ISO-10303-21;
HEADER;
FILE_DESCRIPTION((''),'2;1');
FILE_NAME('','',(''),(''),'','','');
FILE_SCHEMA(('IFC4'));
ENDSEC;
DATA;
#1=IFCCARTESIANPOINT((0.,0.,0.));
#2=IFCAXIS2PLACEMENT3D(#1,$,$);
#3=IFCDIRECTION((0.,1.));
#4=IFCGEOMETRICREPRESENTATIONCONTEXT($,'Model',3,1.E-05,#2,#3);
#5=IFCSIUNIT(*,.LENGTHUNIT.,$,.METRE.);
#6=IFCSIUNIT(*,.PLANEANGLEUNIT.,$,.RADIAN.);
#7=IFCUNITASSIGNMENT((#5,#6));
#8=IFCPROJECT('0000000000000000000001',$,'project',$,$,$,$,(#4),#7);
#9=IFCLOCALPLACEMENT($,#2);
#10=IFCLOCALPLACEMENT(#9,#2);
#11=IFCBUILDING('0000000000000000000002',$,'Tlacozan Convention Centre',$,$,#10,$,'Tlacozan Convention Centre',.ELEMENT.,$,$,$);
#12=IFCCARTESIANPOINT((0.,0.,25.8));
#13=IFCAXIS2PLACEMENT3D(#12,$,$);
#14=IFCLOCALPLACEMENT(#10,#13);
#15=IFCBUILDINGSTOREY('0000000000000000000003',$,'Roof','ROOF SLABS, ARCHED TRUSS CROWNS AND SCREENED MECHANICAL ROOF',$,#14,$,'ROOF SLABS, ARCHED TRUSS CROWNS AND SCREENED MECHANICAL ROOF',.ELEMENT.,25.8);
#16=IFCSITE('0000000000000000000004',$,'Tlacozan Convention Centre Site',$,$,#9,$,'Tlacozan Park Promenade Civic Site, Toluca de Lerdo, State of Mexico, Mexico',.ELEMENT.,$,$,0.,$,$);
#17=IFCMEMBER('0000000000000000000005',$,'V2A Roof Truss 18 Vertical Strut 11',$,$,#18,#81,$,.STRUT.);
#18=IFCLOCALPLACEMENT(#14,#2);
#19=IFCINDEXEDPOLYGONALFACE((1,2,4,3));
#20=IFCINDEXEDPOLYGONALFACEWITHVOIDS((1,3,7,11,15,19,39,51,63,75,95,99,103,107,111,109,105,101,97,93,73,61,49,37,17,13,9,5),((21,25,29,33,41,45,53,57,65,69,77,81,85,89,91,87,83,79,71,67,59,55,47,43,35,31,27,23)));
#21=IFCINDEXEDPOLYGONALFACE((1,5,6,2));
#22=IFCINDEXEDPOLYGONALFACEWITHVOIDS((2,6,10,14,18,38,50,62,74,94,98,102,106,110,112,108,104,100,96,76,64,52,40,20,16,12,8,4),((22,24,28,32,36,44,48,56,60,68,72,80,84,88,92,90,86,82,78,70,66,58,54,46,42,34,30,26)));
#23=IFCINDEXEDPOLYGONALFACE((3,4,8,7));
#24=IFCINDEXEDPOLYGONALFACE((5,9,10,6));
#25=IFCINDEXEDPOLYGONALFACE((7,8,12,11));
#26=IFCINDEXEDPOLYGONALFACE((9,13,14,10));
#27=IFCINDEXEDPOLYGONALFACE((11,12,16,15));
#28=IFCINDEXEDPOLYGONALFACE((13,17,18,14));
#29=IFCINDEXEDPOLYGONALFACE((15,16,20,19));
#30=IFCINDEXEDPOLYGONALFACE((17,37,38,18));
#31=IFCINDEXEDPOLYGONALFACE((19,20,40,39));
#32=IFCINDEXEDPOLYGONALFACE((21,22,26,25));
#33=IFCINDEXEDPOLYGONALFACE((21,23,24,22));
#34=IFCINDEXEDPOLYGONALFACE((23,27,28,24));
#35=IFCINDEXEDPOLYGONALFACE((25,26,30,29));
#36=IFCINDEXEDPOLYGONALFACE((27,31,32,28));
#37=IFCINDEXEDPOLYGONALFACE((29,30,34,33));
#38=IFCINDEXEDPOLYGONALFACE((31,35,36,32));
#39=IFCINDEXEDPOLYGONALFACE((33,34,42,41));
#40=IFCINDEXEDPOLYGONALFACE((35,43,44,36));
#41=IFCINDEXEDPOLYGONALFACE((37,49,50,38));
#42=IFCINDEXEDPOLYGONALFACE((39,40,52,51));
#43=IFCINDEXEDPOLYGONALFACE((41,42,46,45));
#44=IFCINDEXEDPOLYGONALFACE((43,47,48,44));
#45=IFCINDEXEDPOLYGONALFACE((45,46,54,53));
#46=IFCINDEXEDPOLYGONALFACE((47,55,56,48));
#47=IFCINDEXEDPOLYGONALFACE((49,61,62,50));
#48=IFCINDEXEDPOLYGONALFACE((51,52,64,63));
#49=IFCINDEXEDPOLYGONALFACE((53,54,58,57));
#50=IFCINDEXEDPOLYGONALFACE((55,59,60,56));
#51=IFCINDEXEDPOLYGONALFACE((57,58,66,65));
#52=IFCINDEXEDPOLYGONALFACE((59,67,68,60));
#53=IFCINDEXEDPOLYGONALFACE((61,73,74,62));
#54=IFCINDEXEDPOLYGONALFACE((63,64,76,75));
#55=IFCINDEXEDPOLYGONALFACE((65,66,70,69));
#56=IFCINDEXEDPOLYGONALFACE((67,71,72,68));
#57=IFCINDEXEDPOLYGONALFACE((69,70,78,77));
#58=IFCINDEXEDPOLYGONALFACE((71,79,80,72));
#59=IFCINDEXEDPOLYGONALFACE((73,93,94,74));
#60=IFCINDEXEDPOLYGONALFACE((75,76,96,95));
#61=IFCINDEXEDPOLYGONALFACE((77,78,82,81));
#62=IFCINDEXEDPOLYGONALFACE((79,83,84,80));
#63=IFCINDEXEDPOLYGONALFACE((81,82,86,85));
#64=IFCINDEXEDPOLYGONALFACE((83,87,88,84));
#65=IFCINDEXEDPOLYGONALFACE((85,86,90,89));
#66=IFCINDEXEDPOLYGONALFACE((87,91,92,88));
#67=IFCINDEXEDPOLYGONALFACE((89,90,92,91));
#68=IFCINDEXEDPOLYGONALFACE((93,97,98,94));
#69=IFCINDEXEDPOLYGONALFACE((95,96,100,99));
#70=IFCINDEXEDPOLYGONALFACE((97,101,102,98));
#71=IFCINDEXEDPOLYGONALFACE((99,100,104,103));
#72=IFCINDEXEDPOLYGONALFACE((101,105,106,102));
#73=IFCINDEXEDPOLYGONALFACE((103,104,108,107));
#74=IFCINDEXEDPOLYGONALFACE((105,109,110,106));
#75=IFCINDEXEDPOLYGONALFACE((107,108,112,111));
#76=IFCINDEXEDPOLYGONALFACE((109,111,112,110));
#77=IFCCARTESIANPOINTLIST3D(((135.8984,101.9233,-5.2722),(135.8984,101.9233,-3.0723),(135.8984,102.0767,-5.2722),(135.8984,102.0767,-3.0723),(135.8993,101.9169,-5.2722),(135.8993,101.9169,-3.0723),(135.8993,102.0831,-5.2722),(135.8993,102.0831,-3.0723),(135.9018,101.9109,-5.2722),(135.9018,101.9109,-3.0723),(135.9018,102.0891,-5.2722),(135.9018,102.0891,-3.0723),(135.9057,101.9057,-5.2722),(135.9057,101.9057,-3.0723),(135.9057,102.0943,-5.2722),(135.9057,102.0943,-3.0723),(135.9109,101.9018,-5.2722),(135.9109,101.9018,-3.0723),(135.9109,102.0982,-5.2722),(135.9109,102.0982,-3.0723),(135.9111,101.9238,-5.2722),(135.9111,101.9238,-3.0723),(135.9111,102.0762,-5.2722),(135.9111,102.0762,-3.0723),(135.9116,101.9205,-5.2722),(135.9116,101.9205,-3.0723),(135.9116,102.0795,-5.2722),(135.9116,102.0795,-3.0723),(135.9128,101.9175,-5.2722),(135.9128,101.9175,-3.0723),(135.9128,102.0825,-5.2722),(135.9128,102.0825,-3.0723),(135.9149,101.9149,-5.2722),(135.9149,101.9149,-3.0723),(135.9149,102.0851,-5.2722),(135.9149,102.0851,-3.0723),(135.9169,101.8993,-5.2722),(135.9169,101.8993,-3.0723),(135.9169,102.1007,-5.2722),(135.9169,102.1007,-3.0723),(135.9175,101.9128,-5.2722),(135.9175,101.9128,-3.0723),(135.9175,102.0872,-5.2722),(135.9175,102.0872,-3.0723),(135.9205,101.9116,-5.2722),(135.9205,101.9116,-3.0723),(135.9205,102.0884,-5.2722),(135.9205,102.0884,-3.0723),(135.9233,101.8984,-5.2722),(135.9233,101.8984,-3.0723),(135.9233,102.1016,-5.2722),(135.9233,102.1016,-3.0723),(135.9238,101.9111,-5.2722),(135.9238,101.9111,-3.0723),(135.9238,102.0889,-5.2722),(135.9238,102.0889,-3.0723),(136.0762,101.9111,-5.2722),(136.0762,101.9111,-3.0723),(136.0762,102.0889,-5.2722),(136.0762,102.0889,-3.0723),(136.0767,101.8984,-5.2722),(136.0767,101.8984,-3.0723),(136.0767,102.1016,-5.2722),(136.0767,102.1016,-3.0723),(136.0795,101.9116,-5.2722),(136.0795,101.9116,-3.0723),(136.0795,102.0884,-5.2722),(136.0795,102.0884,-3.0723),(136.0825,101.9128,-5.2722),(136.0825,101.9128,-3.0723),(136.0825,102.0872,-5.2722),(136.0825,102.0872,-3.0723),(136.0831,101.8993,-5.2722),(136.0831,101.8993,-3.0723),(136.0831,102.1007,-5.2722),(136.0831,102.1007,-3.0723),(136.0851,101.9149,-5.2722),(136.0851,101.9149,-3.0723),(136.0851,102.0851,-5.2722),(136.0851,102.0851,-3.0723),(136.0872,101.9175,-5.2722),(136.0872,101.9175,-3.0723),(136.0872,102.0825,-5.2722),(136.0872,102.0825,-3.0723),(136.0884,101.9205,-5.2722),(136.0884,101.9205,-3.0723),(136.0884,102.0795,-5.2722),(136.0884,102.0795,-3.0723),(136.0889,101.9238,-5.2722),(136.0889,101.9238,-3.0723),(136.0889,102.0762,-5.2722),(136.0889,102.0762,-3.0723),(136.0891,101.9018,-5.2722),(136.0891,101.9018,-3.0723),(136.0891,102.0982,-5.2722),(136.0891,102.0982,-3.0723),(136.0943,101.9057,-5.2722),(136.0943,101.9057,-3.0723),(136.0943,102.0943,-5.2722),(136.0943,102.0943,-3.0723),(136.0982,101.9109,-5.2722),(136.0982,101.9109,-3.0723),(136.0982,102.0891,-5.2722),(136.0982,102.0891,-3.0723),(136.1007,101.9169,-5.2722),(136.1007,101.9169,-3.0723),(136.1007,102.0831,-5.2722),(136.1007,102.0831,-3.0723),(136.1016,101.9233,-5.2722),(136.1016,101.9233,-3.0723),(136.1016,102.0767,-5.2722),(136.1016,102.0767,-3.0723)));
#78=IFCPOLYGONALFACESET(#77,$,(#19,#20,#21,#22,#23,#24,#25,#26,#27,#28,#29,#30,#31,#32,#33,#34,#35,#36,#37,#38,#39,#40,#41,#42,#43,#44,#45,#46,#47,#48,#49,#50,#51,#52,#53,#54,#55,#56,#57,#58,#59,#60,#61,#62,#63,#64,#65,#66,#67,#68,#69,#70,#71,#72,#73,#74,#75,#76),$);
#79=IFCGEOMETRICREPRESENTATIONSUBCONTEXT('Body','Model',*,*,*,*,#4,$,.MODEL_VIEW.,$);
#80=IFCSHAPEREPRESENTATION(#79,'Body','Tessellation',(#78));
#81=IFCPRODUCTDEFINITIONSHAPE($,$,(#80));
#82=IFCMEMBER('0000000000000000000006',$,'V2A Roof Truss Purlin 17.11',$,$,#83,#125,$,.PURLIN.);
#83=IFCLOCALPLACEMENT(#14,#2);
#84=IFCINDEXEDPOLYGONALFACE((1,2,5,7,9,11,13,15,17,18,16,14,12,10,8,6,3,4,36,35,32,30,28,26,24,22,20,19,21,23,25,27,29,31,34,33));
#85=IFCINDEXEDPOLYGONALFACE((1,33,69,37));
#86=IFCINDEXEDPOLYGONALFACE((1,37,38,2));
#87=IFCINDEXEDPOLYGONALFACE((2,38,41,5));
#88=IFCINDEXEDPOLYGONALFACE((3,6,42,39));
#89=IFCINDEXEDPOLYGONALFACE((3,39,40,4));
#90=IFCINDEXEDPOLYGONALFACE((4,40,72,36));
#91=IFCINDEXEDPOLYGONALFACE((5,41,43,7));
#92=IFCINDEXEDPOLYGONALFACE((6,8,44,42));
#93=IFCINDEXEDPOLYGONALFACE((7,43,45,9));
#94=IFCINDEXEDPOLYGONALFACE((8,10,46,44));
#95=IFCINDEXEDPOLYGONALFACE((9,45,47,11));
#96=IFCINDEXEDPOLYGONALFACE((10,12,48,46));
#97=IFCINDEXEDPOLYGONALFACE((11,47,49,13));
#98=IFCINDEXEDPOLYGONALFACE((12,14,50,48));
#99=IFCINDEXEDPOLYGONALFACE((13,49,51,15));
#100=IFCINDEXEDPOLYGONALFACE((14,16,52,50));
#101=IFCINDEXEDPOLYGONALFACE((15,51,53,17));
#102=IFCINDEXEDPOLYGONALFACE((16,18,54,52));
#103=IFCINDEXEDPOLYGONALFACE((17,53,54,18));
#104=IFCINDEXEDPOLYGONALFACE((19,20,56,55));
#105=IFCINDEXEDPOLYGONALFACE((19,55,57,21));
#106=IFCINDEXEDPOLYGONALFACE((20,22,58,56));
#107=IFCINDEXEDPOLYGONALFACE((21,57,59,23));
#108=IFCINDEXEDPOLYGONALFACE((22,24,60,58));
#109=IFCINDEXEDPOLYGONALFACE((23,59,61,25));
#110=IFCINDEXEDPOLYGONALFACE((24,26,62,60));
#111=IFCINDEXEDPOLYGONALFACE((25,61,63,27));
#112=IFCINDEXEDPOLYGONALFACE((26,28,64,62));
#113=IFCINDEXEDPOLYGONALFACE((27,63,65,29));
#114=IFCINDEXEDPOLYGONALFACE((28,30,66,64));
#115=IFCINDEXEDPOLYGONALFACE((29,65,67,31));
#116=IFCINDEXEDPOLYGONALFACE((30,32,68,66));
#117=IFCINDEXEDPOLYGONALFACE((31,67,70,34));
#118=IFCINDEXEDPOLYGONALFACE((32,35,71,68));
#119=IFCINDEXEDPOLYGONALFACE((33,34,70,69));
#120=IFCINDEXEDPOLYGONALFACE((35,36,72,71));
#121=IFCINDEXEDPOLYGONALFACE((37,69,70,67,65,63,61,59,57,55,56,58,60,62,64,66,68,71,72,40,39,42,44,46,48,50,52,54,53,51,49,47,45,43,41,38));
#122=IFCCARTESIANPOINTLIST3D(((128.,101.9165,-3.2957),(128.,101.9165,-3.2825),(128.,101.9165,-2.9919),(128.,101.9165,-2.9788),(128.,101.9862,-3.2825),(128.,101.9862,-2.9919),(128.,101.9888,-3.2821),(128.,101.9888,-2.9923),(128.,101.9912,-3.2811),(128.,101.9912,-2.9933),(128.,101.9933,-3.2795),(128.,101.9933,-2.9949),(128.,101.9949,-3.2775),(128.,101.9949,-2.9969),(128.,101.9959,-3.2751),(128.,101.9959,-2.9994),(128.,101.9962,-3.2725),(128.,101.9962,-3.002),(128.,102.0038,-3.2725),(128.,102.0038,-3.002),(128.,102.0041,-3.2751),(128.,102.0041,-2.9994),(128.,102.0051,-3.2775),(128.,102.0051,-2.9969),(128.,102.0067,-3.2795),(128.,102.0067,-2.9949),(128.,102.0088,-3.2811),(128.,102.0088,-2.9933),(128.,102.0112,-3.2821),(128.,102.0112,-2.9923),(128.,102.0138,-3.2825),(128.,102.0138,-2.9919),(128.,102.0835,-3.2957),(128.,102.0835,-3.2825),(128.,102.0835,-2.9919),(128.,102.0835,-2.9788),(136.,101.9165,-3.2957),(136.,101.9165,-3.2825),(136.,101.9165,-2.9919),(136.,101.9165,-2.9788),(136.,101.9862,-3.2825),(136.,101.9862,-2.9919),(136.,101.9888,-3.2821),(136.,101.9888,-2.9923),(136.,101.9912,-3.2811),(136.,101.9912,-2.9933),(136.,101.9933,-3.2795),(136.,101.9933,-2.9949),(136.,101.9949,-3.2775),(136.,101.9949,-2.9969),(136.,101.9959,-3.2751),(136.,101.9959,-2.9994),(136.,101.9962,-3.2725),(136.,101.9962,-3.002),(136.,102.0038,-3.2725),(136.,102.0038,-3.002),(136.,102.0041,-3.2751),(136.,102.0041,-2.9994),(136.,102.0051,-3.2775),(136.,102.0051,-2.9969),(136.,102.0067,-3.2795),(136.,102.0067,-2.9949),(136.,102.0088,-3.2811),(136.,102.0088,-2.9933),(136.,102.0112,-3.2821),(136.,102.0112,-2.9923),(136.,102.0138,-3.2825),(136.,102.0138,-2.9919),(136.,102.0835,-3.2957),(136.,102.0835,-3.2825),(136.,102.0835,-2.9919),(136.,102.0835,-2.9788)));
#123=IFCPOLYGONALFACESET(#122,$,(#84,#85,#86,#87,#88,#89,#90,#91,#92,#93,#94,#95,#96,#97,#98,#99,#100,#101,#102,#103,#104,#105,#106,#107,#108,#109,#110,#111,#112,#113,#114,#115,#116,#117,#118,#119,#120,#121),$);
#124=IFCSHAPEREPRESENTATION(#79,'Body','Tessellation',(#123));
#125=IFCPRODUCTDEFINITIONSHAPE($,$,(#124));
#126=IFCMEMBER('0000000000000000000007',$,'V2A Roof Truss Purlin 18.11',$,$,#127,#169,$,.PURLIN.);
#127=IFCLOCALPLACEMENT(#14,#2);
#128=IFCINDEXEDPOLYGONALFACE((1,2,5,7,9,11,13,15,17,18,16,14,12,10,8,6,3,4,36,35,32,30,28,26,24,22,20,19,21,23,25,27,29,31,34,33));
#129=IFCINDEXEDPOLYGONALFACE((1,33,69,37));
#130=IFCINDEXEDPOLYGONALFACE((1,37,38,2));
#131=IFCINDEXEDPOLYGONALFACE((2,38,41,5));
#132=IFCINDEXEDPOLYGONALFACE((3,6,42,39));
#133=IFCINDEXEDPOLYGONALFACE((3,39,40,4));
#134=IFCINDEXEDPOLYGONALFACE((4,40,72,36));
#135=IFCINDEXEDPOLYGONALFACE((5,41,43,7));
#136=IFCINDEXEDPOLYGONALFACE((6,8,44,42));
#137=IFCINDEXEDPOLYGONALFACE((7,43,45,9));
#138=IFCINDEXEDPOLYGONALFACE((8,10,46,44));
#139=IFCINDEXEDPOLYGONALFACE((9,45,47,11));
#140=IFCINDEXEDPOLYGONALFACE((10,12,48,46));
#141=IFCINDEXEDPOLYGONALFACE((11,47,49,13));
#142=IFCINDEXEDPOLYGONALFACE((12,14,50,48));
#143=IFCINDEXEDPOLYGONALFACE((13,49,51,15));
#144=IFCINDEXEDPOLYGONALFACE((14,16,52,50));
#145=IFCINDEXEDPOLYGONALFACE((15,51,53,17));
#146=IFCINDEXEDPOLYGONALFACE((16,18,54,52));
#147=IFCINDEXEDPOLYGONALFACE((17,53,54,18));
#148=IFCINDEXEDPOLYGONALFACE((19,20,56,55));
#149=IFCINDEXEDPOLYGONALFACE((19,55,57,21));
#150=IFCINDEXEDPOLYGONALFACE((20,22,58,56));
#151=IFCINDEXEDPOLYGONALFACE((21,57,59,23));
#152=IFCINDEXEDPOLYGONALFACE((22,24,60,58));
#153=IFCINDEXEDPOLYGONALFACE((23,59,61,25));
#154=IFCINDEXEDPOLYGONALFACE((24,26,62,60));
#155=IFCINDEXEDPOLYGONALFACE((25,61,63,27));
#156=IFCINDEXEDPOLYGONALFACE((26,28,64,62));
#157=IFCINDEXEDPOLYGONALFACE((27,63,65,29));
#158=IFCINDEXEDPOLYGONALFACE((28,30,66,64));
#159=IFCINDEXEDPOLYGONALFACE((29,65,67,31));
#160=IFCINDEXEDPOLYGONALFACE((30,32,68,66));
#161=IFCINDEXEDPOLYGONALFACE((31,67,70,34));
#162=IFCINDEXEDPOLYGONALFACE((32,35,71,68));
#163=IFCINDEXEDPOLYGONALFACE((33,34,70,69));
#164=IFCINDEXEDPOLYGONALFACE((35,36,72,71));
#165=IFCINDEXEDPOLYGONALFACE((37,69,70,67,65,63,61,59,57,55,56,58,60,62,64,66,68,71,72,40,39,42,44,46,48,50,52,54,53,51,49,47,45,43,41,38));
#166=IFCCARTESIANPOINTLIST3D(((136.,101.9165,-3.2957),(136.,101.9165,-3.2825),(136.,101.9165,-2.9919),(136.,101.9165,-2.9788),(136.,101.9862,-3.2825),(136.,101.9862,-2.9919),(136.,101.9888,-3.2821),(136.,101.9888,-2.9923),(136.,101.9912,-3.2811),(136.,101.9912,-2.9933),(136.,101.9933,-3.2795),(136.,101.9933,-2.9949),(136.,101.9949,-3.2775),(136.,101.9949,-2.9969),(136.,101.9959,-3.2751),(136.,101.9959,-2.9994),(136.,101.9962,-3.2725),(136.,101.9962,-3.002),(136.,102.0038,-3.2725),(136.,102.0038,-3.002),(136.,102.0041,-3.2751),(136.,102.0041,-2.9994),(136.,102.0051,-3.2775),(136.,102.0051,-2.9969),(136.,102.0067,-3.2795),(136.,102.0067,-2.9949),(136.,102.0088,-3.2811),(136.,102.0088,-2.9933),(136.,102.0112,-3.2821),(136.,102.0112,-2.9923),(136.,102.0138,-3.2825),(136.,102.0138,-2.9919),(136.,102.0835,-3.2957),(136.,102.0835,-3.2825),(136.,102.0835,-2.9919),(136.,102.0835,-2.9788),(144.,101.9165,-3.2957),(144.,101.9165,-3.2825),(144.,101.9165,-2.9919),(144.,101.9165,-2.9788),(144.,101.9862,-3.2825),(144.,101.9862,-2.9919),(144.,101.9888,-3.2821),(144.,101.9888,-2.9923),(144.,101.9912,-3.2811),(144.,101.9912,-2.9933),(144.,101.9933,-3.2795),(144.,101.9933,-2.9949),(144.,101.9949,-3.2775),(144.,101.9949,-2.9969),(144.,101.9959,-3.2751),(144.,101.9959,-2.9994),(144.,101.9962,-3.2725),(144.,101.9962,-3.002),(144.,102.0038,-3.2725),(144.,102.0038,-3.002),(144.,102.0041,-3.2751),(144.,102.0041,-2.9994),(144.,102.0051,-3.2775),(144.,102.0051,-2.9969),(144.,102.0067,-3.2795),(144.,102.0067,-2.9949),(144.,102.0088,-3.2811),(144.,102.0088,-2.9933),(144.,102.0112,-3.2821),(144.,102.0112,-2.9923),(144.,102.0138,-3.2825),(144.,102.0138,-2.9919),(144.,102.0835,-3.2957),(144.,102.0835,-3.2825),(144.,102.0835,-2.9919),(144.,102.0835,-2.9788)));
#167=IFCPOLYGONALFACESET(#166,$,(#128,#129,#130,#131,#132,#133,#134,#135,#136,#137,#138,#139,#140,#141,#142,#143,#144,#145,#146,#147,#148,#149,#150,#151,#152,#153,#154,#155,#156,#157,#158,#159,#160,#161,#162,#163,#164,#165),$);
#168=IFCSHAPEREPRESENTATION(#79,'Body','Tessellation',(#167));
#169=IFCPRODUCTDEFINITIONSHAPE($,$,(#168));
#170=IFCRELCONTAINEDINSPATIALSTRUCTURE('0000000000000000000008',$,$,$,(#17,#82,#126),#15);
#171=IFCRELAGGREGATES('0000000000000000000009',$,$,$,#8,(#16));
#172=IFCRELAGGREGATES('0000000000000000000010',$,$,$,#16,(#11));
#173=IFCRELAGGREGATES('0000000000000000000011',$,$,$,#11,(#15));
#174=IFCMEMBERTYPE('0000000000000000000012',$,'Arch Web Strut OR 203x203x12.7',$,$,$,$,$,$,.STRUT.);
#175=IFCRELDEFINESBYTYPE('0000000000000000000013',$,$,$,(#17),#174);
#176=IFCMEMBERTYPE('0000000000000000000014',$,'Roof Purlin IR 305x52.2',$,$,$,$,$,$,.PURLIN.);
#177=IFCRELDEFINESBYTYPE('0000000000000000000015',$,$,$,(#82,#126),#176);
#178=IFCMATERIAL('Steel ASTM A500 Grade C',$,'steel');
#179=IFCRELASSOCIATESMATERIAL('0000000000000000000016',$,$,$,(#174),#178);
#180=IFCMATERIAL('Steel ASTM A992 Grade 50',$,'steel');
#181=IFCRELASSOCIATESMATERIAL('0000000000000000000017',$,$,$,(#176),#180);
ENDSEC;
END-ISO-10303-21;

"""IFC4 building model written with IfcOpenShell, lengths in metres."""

from ifc_helpers import new_model, si_unit, direction, frame, origin, origin_2d, place, context, subcontext, project, spatial, hollow_rectangle, i_section, extrude, material, material_profile, profile_set, type_object, element, save


model = new_model("IFC4")

# Units and contexts
model_context = context("Model", 3, precision=1e-05, world=origin(), true_north=direction((0.0, 1.0)))
body_context = subcontext(model_context, "Body", "Model", "MODEL_VIEW")
ifc_project = project(units=[si_unit("LENGTHUNIT", "METRE"), si_unit("PLANEANGLEUNIT", "RADIAN")], contexts=[model_context])

# Site, building, storey
site_placement = place(None, origin())
site = spatial("IfcSite", under=ifc_project, at=site_placement, Name="Tlacozan Convention Centre Site", LongName="Tlacozan Park Promenade Civic Site, Toluca de Lerdo, State of Mexico, Mexico", CompositionType="ELEMENT", RefElevation=0.0)
building_placement = place(site_placement, origin())
building = spatial("IfcBuilding", under=site, at=building_placement, Name="Tlacozan Convention Centre", LongName="Tlacozan Convention Centre", CompositionType="ELEMENT")
storey_placement = place(building_placement, frame((0.0, 0.0, 25.8)))
storey = spatial("IfcBuildingStorey", under=building, at=storey_placement, Name="Roof", Description="ROOF SLABS, ARCHED TRUSS CROWNS AND SCREENED MECHANICAL ROOF", LongName="ROOF SLABS, ARCHED TRUSS CROWNS AND SCREENED MECHANICAL ROOF", CompositionType="ELEMENT", Elevation=25.8)

# Members
ifc_material_1 = material(Name="Steel ASTM A500 Grade C", Category="steel")
ifc_material_profile_1 = material_profile(ifc_material_1, hollow_rectangle(XDim=0.2031, YDim=0.2031, WallThickness=0.0127, InnerFilletRadius=0.0127, OuterFilletRadius=0.0249, at=origin_2d()), Name="OR 203x203x12.7")
ifc_profile_set_1 = profile_set([ifc_material_profile_1], Name="Steel ASTM A500 Grade C")
member_type_1 = type_object("IfcMemberType", Name="Arch Web Strut OR 203x203x12.7", PredefinedType="STRUT", material=ifc_profile_set_1)
for number, where, z_axis, x_axis, name in (
    (1, (136.0, 102.0, -5.2722), (0.0, 0.0, 1.0), (1.0, 0.0, 0.0), "V2A Roof Truss 18 Vertical Strut 11"),
):
    element("IfcMember", number, at=place(storey_placement, frame(where, z_axis=z_axis, x_axis=x_axis)), inside=storey, type_object=member_type_1, Name=name, PredefinedType="STRUT", context=body_context, shape_type="SweptSolid", body=[
        extrude(hollow_rectangle(XDim=0.2031, YDim=0.2031, WallThickness=0.0127, InnerFilletRadius=0.0127, OuterFilletRadius=0.0249, at=origin_2d()), origin(), (0.0, 0.0, 1.0), 2.2),
    ])
ifc_material_2 = material(Name="Steel ASTM A992 Grade 50", Category="steel")
ifc_material_profile_2 = material_profile(ifc_material_2, i_section(OverallWidth=0.167, OverallDepth=0.3169, WebThickness=0.0076, FlangeThickness=0.0132, FilletRadius=0.01, at=origin_2d()), Name="IR 305x52.2")
ifc_profile_set_2 = profile_set([ifc_material_profile_2], Name="Steel ASTM A992 Grade 50")
member_type_2 = type_object("IfcMemberType", Name="Roof Purlin IR 305x52.2", PredefinedType="PURLIN", material=ifc_profile_set_2)
for number, where, z_axis, x_axis, name in (
    (2, (128.0, 102.0, -3.1372), (1.0, 0.0, 0.0), (0.0, 1.0, 0.0), "V2A Roof Truss Purlin 17.11"),
    (3, (136.0, 102.0, -3.1372), (1.0, 0.0, 0.0), (0.0, 1.0, 0.0), "V2A Roof Truss Purlin 18.11"),
):
    element("IfcMember", number, at=place(storey_placement, frame(where, z_axis=z_axis, x_axis=x_axis)), inside=storey, type_object=member_type_2, Name=name, PredefinedType="PURLIN", context=body_context, shape_type="SweptSolid", body=[
        extrude(i_section(OverallWidth=0.167, OverallDepth=0.3169, WebThickness=0.0076, FlangeThickness=0.0132, FilletRadius=0.01, at=origin_2d()), origin(), (0.0, 0.0, 1.0), 8.0),
    ])

save(model, "model.ifc")
